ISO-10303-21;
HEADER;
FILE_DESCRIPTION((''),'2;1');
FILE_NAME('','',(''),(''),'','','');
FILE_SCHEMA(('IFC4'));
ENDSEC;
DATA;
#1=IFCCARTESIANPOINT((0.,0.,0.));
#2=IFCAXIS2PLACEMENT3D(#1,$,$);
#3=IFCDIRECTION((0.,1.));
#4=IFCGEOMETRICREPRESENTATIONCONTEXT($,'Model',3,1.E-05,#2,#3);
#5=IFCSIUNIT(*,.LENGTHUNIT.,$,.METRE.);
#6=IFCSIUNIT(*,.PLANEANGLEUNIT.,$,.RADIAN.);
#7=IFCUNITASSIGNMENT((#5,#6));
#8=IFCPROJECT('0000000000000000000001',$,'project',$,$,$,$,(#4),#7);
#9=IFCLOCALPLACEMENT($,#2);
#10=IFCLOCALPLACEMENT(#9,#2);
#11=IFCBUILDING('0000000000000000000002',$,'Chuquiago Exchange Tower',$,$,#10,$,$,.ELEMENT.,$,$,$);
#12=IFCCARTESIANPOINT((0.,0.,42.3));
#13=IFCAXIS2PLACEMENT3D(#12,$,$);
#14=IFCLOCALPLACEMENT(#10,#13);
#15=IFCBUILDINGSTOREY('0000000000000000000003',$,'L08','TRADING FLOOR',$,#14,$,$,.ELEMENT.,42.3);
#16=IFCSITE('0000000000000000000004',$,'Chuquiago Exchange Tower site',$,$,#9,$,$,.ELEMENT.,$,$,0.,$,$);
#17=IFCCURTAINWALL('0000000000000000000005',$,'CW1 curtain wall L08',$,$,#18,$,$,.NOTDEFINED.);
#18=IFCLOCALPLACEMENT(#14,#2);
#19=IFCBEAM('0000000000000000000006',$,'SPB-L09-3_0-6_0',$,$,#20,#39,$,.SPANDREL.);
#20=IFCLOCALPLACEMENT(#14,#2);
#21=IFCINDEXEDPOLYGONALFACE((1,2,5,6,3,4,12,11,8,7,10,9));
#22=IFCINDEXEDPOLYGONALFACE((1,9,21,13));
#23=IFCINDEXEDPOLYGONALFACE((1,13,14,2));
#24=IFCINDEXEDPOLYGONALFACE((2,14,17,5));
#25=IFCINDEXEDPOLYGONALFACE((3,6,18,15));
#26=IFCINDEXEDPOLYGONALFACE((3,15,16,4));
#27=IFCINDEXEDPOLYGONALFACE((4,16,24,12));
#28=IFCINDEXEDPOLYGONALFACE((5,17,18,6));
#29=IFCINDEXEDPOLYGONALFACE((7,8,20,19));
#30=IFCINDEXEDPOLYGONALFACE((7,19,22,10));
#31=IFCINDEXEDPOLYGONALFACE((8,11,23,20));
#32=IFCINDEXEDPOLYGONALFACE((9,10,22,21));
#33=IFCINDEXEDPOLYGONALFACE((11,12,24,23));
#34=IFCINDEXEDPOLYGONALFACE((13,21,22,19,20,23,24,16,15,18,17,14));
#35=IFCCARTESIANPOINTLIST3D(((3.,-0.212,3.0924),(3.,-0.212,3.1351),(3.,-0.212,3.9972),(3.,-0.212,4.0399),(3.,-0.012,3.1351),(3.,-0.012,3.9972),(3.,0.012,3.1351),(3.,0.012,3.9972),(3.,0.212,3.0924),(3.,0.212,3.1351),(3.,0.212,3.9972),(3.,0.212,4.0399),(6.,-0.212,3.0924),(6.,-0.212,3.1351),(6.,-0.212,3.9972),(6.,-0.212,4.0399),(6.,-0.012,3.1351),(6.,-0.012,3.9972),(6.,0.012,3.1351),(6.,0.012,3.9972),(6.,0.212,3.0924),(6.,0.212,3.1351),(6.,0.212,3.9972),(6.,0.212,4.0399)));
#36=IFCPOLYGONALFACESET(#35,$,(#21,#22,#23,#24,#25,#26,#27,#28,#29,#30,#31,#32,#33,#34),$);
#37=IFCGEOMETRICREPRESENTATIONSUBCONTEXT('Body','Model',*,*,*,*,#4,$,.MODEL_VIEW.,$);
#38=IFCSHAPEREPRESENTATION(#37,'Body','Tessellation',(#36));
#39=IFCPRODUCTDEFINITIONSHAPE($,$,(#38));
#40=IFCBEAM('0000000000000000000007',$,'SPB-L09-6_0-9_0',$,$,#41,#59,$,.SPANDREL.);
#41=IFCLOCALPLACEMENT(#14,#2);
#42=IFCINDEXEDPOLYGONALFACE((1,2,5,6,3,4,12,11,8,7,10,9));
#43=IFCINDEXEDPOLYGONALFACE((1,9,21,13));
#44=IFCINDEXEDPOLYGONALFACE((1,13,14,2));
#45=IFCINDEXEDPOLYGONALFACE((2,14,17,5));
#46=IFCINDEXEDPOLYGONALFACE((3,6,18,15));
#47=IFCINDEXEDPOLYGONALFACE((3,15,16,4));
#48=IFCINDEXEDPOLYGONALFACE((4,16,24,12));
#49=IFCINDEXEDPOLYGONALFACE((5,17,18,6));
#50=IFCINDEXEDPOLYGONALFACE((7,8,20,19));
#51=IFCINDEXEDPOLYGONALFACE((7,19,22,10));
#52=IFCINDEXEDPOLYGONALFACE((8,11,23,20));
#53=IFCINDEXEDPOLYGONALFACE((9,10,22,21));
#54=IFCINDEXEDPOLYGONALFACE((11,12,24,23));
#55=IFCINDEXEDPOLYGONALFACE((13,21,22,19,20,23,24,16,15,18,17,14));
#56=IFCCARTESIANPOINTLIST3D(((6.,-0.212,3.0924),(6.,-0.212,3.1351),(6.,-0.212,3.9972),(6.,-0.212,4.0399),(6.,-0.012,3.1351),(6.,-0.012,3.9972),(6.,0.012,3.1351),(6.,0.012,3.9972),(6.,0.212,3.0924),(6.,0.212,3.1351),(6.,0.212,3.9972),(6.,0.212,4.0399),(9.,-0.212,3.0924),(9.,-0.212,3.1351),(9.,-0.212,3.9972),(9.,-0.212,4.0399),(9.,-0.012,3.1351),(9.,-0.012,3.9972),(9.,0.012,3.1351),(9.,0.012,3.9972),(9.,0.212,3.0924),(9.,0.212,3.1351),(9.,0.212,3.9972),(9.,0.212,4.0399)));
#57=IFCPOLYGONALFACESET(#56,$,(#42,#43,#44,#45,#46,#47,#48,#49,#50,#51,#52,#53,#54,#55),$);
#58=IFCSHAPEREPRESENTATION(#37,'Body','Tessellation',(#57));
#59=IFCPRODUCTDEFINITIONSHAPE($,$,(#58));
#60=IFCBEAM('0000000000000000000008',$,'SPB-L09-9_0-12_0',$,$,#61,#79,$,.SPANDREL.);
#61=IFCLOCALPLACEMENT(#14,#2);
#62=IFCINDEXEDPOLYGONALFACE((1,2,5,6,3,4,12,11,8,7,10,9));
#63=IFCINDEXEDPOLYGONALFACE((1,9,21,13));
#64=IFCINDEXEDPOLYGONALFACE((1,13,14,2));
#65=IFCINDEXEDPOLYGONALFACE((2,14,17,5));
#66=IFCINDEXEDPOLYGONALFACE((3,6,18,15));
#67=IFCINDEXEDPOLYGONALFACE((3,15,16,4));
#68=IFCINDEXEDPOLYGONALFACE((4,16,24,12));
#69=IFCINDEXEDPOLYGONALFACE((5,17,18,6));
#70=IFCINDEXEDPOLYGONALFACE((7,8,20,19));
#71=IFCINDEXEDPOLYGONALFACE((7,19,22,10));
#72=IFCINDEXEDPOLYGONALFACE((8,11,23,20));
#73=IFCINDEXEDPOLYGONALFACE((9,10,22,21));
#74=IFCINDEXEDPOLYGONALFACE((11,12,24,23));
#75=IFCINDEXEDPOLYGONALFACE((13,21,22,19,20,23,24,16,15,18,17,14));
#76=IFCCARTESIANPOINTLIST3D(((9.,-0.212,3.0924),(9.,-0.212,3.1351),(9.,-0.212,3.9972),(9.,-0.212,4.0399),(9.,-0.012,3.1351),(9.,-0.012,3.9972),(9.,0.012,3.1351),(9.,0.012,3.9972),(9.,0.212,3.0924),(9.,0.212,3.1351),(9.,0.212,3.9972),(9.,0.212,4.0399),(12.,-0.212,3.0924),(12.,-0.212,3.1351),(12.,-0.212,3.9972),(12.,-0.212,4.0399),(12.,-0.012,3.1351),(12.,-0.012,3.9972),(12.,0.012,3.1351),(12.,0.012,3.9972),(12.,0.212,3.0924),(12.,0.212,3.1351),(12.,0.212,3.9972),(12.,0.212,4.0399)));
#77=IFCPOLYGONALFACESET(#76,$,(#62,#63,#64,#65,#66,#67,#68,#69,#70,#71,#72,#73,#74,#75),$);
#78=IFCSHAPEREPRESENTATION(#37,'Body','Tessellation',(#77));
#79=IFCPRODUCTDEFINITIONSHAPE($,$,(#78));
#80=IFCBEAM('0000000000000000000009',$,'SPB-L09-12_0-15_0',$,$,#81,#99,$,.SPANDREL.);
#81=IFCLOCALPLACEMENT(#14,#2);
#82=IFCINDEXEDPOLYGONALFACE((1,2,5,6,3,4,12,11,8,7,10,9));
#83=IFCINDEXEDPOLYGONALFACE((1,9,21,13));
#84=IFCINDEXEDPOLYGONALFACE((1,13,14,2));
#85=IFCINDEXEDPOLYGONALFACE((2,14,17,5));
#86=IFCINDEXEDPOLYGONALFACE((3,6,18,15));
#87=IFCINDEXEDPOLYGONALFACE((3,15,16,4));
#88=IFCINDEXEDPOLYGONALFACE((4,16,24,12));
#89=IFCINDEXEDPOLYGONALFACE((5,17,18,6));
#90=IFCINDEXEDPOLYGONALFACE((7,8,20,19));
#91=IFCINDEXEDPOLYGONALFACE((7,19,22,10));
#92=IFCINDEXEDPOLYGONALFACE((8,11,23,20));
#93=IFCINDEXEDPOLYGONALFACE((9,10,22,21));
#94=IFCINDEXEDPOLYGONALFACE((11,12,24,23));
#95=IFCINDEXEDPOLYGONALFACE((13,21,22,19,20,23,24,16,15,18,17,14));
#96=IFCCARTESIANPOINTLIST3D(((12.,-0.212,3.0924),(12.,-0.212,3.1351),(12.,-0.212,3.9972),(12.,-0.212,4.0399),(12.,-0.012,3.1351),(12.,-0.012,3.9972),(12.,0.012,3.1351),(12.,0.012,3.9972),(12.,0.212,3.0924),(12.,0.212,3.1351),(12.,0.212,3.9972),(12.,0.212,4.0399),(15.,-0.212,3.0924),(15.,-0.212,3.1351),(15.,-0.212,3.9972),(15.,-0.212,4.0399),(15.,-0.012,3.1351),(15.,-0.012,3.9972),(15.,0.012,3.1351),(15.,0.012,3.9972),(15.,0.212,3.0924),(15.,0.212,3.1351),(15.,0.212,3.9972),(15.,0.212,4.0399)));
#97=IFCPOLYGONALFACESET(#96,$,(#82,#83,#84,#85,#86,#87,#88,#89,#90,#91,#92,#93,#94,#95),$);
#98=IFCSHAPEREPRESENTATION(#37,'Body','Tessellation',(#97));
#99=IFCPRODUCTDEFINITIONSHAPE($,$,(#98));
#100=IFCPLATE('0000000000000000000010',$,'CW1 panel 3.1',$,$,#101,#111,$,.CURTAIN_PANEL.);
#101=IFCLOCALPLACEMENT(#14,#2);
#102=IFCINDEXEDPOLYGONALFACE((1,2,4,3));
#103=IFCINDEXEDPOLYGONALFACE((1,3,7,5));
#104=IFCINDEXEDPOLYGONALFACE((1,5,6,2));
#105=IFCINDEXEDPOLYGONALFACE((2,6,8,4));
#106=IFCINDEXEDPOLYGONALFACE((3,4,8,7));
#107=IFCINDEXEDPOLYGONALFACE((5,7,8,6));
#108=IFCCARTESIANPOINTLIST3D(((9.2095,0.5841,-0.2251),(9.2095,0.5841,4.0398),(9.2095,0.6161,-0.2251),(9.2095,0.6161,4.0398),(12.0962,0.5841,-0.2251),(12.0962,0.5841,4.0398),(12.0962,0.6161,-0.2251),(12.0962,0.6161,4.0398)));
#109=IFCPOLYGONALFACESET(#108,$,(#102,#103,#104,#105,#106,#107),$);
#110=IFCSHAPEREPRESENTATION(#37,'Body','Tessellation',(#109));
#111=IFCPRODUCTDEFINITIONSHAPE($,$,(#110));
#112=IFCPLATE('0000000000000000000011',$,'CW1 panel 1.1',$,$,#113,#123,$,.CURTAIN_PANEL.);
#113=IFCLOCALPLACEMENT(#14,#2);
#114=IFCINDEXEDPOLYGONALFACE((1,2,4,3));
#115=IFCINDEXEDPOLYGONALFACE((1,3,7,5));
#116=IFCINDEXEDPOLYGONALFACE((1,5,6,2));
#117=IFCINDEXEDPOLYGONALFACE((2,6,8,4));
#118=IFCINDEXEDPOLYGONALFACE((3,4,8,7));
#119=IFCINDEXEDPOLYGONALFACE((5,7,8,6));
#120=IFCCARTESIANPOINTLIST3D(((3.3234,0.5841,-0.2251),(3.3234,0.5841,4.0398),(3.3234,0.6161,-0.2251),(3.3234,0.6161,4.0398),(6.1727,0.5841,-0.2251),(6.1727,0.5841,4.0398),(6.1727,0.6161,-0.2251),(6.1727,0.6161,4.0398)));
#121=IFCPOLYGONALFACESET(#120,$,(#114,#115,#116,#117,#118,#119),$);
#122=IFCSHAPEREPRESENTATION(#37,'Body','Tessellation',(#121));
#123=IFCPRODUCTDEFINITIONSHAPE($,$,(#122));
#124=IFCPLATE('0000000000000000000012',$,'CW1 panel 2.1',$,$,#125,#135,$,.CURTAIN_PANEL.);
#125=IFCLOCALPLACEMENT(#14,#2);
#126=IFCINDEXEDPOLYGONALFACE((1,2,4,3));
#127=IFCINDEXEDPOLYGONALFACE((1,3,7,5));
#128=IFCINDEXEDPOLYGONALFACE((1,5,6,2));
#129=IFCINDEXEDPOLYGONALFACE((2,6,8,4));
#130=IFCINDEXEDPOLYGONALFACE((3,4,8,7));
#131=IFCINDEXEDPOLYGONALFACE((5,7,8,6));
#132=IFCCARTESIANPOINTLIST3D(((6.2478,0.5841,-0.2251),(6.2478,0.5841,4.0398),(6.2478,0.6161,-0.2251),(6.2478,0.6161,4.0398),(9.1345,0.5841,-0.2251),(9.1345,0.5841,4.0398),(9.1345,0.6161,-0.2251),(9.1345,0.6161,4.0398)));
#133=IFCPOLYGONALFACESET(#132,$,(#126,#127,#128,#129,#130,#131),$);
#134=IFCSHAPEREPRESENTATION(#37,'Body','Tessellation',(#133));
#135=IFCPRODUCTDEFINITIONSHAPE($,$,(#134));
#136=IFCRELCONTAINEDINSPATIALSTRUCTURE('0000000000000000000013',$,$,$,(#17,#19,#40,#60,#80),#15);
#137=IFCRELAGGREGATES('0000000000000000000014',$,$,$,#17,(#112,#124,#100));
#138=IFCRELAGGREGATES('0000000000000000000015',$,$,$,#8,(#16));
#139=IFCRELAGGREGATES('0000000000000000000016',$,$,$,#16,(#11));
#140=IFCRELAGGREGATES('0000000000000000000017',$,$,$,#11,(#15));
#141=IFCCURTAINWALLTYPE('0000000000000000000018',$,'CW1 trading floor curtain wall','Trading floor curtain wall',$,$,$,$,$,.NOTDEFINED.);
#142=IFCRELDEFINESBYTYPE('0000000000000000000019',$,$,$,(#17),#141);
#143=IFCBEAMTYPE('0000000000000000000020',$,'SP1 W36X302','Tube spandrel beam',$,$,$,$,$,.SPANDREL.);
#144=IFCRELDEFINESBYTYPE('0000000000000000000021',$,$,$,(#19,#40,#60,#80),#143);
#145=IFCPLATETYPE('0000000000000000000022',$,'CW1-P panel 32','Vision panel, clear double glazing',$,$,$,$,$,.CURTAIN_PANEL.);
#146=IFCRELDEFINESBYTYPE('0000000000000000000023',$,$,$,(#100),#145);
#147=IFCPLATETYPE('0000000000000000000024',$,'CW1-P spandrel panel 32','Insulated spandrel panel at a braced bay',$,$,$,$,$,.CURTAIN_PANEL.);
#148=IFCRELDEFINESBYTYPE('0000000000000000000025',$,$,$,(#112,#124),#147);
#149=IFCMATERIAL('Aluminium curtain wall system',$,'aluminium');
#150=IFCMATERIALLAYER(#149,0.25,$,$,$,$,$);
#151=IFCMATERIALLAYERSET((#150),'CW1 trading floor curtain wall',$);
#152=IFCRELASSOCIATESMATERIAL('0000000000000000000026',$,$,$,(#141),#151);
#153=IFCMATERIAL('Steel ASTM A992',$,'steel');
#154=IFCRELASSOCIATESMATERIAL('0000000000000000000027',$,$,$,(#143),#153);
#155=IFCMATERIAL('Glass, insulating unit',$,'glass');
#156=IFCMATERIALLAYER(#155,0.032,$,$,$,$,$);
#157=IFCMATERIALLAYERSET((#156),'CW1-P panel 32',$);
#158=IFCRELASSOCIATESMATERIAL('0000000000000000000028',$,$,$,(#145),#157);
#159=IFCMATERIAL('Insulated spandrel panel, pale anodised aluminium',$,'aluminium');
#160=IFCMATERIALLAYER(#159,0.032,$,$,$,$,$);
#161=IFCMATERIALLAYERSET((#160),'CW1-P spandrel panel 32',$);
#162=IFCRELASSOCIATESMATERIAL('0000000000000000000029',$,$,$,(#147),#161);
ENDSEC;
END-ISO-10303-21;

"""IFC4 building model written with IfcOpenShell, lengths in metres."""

from ifc_helpers import new_model, si_unit, direction, frame, origin, origin_2d, place, context, subcontext, project, spatial, rectangle, i_section, extrude, material, layer, layer_set, material_profile, profile_set, type_object, element, aggregate, save


model = new_model("IFC4")

# Units and contexts
model_context = context("Model", 3, precision=1e-05, world=origin(), true_north=direction((0.0, 1.0)))
body_context = subcontext(model_context, "Body", "Model", "MODEL_VIEW")
ifc_project = project(units=[si_unit("LENGTHUNIT", "METRE"), si_unit("PLANEANGLEUNIT", "RADIAN")], contexts=[model_context])

# Site, building, storey
site_placement = place(None, origin())
site = spatial("IfcSite", under=ifc_project, at=site_placement, Name="Chuquiago Exchange Tower site", CompositionType="ELEMENT", RefElevation=0.0)
building_placement = place(site_placement, origin())
building = spatial("IfcBuilding", under=site, at=building_placement, Name="Chuquiago Exchange Tower", CompositionType="ELEMENT")
storey_placement = place(building_placement, frame((0.0, 0.0, 42.3)))
storey = spatial("IfcBuildingStorey", under=building, at=storey_placement, Name="L08", Description="TRADING FLOOR", CompositionType="ELEMENT", Elevation=42.3)

# Curtain wall
ifc_material_1 = material(Name="Aluminium curtain wall system", Category="aluminium")
ifc_layer_1 = layer(ifc_material_1, 0.25)
ifc_layer_set_1 = layer_set([ifc_layer_1], Name="CW1 trading floor curtain wall")
curtain_wall_type = type_object("IfcCurtainWallType", Name="CW1 trading floor curtain wall", Description="Trading floor curtain wall", PredefinedType="NOTDEFINED", material=ifc_layer_set_1)
curtain_wall_placement = place(storey_placement, origin())
curtain_wall = element("IfcCurtainWall", 1, at=curtain_wall_placement, inside=storey, type_object=curtain_wall_type, Name="CW1 curtain wall L08", PredefinedType="NOTDEFINED")

# Beams
ifc_material_2 = material(Name="Steel ASTM A992", Category="steel")
ifc_material_profile_1 = material_profile(ifc_material_2, i_section(OverallWidth=0.4241, OverallDepth=0.9475, WebThickness=0.0239, FlangeThickness=0.0427, at=origin_2d()), Name="W36X302")
ifc_profile_set_1 = profile_set([ifc_material_profile_1], Name="Steel ASTM A992")
beam_type = type_object("IfcBeamType", Name="SP1 W36X302", Description="Tube spandrel beam", PredefinedType="SPANDREL", material=ifc_profile_set_1)
for number, where, z_axis, x_axis, name in (
    (2, (3.0, 0.0, 3.5662), (1.0, 0.0, 0.0), (0.0, 1.0, 0.0), "SPB-L09-3_0-6_0"),
    (3, (6.0, 0.0, 3.5662), (1.0, 0.0, 0.0), (0.0, 1.0, 0.0), "SPB-L09-6_0-9_0"),
    (4, (9.0, 0.0, 3.5662), (1.0, 0.0, 0.0), (0.0, 1.0, 0.0), "SPB-L09-9_0-12_0"),
    (5, (12.0, 0.0, 3.5662), (1.0, 0.0, 0.0), (0.0, 1.0, 0.0), "SPB-L09-12_0-15_0"),
):
    element("IfcBeam", number, at=place(storey_placement, frame(where, z_axis=z_axis, x_axis=x_axis)), inside=storey, type_object=beam_type, Name=name, PredefinedType="SPANDREL", context=body_context, shape_type="SweptSolid", body=[
        extrude(i_section(OverallWidth=0.4241, OverallDepth=0.9475, WebThickness=0.0239, FlangeThickness=0.0427, at=origin_2d()), origin(), (0.0, 0.0, 1.0), 3.0),
    ])

# Plates
ifc_material_3 = material(Name="Glass, insulating unit", Category="glass")
ifc_layer_2 = layer(ifc_material_3, 0.032)
ifc_layer_set_2 = layer_set([ifc_layer_2], Name="CW1-P panel 32")
plate_type_1 = type_object("IfcPlateType", Name="CW1-P panel 32", Description="Vision panel, clear double glazing", PredefinedType="CURTAIN_PANEL", material=ifc_layer_set_2)
plate_1_placement = place(storey_placement, frame((10.6528, 0.6001, -0.2251), z_axis=(0.0, 0.0, 1.0), x_axis=(1.0, 0.0, 0.0)))
plate_1 = element("IfcPlate", 6, at=plate_1_placement, type_object=plate_type_1, Name="CW1 panel 3.1", PredefinedType="CURTAIN_PANEL", context=body_context, shape_type="SweptSolid", body=[
    extrude(rectangle(XDim=2.8867, YDim=0.032, at=origin_2d()), origin(), (0.0, 0.0, 1.0), 4.2649),
])
ifc_material_4 = material(Name="Insulated spandrel panel, pale anodised aluminium", Category="aluminium")
ifc_layer_3 = layer(ifc_material_4, 0.032)
ifc_layer_set_3 = layer_set([ifc_layer_3], Name="CW1-P spandrel panel 32")
plate_type_2 = type_object("IfcPlateType", Name="CW1-P spandrel panel 32", Description="Insulated spandrel panel at a braced bay", PredefinedType="CURTAIN_PANEL", material=ifc_layer_set_3)
plate_2_placement = place(storey_placement, frame((4.748, 0.6001, -0.2251), z_axis=(0.0, 0.0, 1.0), x_axis=(1.0, 0.0, 0.0)))
plate_2 = element("IfcPlate", 7, at=plate_2_placement, type_object=plate_type_2, Name="CW1 panel 1.1", PredefinedType="CURTAIN_PANEL", context=body_context, shape_type="SweptSolid", body=[
    extrude(rectangle(XDim=2.8494, YDim=0.032, at=origin_2d()), origin(), (0.0, 0.0, 1.0), 4.2649),
])
plate_3_placement = place(storey_placement, frame((7.6912, 0.6001, -0.2251), z_axis=(0.0, 0.0, 1.0), x_axis=(1.0, 0.0, 0.0)))
plate_3 = element("IfcPlate", 8, at=plate_3_placement, type_object=plate_type_2, Name="CW1 panel 2.1", PredefinedType="CURTAIN_PANEL", context=body_context, shape_type="SweptSolid", body=[
    extrude(rectangle(XDim=2.8867, YDim=0.032, at=origin_2d()), origin(), (0.0, 0.0, 1.0), 4.2649),
])
aggregate(curtain_wall, [plate_2, plate_3, plate_1])

save(model, "model.ifc")
